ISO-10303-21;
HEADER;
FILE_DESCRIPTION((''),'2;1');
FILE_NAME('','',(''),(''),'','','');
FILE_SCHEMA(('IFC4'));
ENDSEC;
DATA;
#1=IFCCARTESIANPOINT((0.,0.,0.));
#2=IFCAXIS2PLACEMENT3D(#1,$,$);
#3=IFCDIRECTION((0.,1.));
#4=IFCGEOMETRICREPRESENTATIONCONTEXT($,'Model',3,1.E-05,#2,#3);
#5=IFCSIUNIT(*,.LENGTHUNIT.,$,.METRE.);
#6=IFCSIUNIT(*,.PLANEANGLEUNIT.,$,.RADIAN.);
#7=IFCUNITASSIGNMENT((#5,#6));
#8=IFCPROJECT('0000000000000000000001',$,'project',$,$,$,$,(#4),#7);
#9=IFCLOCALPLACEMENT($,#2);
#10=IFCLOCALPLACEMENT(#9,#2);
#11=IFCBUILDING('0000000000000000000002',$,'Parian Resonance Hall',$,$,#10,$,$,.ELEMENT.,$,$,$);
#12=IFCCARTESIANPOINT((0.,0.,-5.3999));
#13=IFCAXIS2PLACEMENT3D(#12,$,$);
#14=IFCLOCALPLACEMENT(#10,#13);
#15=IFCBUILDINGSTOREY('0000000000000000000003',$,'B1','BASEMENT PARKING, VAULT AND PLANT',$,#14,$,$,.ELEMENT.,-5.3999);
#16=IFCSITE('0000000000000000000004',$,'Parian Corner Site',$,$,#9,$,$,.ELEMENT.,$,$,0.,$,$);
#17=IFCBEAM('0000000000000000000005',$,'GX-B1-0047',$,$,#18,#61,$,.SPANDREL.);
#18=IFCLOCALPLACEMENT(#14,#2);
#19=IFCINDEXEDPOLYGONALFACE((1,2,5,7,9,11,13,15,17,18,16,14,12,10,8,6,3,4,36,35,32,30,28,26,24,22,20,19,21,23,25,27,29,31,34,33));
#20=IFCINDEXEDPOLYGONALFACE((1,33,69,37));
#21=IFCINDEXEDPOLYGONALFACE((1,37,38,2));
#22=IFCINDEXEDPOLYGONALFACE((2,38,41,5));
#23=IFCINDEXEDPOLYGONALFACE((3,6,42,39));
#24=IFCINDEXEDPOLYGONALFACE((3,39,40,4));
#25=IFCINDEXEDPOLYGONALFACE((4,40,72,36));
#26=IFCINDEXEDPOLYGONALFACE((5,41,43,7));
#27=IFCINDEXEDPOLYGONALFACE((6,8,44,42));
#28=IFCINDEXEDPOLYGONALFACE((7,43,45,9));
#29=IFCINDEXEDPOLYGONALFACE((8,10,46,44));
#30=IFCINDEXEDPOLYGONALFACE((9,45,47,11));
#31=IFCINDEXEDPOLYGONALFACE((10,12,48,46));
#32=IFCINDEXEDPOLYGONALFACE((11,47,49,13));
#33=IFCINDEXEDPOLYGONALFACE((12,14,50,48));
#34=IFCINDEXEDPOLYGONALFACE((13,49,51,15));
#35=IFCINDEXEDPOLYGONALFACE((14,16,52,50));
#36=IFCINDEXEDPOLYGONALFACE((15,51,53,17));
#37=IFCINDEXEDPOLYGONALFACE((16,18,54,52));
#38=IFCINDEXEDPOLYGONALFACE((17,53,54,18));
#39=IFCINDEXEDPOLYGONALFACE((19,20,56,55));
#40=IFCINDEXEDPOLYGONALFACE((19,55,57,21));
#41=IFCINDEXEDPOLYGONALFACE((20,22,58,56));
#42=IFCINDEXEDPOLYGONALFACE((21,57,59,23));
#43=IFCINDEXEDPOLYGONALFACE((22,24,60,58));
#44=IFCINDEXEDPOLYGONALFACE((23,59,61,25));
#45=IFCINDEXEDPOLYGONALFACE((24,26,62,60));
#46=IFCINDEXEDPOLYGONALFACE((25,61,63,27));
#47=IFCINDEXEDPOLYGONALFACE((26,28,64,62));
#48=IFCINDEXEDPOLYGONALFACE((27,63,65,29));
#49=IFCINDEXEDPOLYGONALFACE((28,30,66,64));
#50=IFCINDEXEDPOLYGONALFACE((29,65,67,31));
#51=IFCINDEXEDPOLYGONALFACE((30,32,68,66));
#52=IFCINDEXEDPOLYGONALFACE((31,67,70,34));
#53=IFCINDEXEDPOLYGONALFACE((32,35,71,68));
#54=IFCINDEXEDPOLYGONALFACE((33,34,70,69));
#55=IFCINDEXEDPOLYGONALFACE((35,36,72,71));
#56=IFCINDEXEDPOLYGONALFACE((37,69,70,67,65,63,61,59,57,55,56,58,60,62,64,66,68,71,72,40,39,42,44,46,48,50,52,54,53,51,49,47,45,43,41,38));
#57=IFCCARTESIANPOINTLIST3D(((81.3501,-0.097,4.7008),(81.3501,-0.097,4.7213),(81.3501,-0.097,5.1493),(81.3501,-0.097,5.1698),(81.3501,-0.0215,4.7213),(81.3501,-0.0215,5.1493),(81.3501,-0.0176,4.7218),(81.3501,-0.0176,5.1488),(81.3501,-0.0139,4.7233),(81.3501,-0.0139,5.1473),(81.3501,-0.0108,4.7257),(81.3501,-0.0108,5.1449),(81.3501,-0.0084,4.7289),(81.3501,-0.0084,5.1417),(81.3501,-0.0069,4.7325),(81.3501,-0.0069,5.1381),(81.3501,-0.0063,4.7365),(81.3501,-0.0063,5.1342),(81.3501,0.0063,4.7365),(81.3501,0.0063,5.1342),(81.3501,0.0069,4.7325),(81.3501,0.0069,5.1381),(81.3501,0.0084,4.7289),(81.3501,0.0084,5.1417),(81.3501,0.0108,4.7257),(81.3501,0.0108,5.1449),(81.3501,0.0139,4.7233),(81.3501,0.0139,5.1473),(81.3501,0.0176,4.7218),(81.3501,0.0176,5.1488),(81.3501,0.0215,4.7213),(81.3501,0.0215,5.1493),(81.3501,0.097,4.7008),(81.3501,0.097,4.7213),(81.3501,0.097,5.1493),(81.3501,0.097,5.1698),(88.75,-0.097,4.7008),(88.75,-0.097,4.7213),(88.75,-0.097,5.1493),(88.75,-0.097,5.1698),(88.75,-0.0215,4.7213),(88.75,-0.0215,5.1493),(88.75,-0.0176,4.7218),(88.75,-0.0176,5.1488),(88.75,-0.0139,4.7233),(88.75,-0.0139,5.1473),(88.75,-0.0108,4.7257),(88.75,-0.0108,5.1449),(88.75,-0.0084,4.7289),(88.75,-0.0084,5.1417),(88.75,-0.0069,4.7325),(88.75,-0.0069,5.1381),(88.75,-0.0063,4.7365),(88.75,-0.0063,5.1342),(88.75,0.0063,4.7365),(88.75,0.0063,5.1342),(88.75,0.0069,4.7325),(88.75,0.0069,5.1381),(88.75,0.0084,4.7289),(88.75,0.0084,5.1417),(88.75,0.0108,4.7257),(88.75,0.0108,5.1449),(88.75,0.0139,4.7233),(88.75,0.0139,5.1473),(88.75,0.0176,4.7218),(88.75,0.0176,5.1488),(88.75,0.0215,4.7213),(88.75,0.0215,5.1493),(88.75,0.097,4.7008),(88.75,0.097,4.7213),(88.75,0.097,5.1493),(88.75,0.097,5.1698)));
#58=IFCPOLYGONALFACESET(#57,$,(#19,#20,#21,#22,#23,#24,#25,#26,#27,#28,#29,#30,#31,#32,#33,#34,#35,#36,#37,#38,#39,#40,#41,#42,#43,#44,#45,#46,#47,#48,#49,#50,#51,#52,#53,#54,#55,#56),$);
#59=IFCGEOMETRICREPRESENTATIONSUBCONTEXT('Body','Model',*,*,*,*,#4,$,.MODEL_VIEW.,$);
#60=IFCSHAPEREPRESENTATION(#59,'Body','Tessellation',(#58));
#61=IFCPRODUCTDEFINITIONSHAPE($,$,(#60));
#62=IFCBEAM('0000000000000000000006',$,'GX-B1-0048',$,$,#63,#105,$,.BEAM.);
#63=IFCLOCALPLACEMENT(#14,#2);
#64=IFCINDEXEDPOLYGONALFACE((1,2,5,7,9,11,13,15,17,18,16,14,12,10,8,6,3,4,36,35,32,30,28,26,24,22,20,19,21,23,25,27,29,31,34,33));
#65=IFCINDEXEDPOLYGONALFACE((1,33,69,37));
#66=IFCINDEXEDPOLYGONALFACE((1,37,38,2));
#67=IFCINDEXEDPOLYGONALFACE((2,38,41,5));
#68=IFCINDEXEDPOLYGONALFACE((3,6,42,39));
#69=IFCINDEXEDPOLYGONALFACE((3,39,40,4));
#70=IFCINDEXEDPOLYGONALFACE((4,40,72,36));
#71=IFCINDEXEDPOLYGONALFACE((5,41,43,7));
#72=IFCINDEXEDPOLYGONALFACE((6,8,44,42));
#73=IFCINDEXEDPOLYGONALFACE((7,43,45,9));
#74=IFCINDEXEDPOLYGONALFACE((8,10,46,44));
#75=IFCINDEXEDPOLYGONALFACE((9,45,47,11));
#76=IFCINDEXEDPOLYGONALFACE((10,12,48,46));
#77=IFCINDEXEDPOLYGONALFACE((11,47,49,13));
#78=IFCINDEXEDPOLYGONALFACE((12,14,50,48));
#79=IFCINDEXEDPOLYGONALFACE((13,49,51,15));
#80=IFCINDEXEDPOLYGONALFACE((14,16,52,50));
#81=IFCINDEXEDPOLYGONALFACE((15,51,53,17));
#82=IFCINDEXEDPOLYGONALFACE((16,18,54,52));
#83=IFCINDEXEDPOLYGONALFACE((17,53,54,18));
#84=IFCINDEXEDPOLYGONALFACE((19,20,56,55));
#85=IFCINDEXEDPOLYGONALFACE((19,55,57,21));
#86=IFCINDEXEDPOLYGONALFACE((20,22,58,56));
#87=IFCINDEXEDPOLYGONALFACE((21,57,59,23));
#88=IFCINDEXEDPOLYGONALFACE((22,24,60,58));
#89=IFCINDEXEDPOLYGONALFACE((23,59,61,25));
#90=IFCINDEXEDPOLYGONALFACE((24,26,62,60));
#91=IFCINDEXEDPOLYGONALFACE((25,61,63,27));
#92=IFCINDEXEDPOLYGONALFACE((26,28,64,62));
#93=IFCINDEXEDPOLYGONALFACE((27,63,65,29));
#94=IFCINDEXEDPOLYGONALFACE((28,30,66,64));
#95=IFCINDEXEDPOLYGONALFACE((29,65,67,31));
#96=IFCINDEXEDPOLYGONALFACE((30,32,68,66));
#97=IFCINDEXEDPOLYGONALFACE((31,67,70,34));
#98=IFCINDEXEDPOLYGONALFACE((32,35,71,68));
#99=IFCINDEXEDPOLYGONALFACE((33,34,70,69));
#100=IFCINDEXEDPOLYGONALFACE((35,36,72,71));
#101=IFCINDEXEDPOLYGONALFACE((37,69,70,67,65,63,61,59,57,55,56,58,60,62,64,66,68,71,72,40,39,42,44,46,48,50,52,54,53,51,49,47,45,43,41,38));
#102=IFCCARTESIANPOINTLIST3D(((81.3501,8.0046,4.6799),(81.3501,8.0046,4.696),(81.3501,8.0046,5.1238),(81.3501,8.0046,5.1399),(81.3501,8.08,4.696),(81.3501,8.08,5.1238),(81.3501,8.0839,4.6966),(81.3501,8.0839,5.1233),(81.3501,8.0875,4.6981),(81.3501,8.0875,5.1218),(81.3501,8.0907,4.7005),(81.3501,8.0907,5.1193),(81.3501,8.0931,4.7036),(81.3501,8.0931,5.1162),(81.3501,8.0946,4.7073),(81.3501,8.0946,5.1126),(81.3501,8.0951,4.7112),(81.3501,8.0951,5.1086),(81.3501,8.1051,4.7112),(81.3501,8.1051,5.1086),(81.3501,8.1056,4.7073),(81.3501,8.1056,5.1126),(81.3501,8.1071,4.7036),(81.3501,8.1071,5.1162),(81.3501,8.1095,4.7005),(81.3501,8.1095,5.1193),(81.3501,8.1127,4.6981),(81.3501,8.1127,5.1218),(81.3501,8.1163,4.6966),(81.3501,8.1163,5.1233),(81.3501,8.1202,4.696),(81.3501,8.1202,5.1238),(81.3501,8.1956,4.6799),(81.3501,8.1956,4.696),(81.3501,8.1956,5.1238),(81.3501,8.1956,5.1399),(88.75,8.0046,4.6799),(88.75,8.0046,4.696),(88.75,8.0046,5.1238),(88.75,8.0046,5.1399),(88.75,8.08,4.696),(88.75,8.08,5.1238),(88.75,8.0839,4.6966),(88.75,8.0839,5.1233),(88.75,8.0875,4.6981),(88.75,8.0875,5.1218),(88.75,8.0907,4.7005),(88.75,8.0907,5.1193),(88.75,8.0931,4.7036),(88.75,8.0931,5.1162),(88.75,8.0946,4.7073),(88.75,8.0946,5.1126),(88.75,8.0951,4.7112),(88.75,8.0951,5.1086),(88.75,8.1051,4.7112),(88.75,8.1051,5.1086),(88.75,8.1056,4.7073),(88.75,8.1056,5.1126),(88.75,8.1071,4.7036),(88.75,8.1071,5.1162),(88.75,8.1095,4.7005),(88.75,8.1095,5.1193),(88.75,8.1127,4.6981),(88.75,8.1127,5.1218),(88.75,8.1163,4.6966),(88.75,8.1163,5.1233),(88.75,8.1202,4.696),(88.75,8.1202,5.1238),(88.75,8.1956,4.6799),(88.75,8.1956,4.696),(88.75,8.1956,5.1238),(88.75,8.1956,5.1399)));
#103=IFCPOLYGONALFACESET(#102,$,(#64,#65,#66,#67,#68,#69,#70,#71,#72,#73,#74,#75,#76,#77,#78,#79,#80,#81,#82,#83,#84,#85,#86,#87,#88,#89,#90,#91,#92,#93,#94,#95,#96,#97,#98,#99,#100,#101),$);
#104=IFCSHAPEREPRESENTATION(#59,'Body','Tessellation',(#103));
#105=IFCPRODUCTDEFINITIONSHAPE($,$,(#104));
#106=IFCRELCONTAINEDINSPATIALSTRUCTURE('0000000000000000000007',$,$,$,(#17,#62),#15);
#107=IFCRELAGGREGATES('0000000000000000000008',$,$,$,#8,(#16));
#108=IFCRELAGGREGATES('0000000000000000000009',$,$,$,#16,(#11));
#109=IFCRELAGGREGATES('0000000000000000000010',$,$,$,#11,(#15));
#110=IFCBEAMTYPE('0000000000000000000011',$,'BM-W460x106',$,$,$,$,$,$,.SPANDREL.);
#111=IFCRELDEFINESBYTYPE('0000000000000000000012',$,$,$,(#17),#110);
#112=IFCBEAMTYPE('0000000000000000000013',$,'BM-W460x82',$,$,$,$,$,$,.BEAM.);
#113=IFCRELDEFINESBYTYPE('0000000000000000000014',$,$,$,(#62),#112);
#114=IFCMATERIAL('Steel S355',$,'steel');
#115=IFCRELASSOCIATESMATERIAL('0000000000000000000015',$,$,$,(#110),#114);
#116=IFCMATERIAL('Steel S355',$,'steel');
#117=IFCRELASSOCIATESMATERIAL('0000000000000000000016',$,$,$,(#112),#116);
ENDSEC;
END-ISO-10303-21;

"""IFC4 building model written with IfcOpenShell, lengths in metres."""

from ifc_helpers import new_model, si_unit, direction, frame, origin, origin_2d, place, context, subcontext, project, spatial, i_section, extrude, material, material_profile, profile_set, type_object, element, save


model = new_model("IFC4")

# Units and contexts
model_context = context("Model", 3, precision=1e-05, world=origin(), true_north=direction((0.0, 1.0)))
body_context = subcontext(model_context, "Body", "Model", "MODEL_VIEW")
ifc_project = project(units=[si_unit("LENGTHUNIT", "METRE"), si_unit("PLANEANGLEUNIT", "RADIAN")], contexts=[model_context])

# Site, building, storey
site_placement = place(None, origin())
site = spatial("IfcSite", under=ifc_project, at=site_placement, Name="Parian Corner Site", CompositionType="ELEMENT", RefElevation=0.0)
building_placement = place(site_placement, origin())
building = spatial("IfcBuilding", under=site, at=building_placement, Name="Parian Resonance Hall", CompositionType="ELEMENT")
storey_placement = place(building_placement, frame((0.0, 0.0, -5.3999)))
storey = spatial("IfcBuildingStorey", under=building, at=storey_placement, Name="B1", Description="BASEMENT PARKING, VAULT AND PLANT", CompositionType="ELEMENT", Elevation=-5.3999)

# Beams
ifc_material_1 = material(Name="Steel S355", Category="steel")
ifc_material_profile_1 = material_profile(ifc_material_1, i_section(OverallWidth=0.1941, OverallDepth=0.469, WebThickness=0.0127, FlangeThickness=0.0205, FilletRadius=0.0151, at=origin_2d()), Name="W460x106")
ifc_profile_set_1 = profile_set([ifc_material_profile_1], Name="Steel S355")
beam_type_1 = type_object("IfcBeamType", Name="BM-W460x106", PredefinedType="SPANDREL", material=ifc_profile_set_1)
beam_1_placement = place(storey_placement, frame((81.3501, 0.0, 4.9353), z_axis=(1.0, 0.0, 0.0), x_axis=(0.0, 1.0, 0.0)))
element("IfcBeam", 1, at=beam_1_placement, inside=storey, type_object=beam_type_1, Name="GX-B1-0047", PredefinedType="SPANDREL", context=body_context, shape_type="SweptSolid", body=[
    extrude(i_section(OverallWidth=0.1941, OverallDepth=0.469, WebThickness=0.0127, FlangeThickness=0.0205, FilletRadius=0.0151, at=origin_2d()), origin(), (0.0, 0.0, 1.0), 7.3999),
])
ifc_material_2 = material(Name="Steel S355", Category="steel")
ifc_material_profile_2 = material_profile(ifc_material_2, i_section(OverallWidth=0.1909, OverallDepth=0.46, WebThickness=0.01, FlangeThickness=0.0161, FilletRadius=0.0151, at=origin_2d()), Name="W460x82")
ifc_profile_set_2 = profile_set([ifc_material_profile_2], Name="Steel S355")
beam_type_2 = type_object("IfcBeamType", Name="BM-W460x82", PredefinedType="BEAM", material=ifc_profile_set_2)
beam_2_placement = place(storey_placement, frame((81.3501, 8.1001, 4.9099), z_axis=(1.0, 0.0, 0.0), x_axis=(0.0, 1.0, 0.0)))
element("IfcBeam", 2, at=beam_2_placement, inside=storey, type_object=beam_type_2, Name="GX-B1-0048", PredefinedType="BEAM", context=body_context, shape_type="SweptSolid", body=[
    extrude(i_section(OverallWidth=0.1909, OverallDepth=0.46, WebThickness=0.01, FlangeThickness=0.0161, FilletRadius=0.0151, at=origin_2d()), origin(), (0.0, 0.0, 1.0), 7.3999),
])

save(model, "model.ifc")
